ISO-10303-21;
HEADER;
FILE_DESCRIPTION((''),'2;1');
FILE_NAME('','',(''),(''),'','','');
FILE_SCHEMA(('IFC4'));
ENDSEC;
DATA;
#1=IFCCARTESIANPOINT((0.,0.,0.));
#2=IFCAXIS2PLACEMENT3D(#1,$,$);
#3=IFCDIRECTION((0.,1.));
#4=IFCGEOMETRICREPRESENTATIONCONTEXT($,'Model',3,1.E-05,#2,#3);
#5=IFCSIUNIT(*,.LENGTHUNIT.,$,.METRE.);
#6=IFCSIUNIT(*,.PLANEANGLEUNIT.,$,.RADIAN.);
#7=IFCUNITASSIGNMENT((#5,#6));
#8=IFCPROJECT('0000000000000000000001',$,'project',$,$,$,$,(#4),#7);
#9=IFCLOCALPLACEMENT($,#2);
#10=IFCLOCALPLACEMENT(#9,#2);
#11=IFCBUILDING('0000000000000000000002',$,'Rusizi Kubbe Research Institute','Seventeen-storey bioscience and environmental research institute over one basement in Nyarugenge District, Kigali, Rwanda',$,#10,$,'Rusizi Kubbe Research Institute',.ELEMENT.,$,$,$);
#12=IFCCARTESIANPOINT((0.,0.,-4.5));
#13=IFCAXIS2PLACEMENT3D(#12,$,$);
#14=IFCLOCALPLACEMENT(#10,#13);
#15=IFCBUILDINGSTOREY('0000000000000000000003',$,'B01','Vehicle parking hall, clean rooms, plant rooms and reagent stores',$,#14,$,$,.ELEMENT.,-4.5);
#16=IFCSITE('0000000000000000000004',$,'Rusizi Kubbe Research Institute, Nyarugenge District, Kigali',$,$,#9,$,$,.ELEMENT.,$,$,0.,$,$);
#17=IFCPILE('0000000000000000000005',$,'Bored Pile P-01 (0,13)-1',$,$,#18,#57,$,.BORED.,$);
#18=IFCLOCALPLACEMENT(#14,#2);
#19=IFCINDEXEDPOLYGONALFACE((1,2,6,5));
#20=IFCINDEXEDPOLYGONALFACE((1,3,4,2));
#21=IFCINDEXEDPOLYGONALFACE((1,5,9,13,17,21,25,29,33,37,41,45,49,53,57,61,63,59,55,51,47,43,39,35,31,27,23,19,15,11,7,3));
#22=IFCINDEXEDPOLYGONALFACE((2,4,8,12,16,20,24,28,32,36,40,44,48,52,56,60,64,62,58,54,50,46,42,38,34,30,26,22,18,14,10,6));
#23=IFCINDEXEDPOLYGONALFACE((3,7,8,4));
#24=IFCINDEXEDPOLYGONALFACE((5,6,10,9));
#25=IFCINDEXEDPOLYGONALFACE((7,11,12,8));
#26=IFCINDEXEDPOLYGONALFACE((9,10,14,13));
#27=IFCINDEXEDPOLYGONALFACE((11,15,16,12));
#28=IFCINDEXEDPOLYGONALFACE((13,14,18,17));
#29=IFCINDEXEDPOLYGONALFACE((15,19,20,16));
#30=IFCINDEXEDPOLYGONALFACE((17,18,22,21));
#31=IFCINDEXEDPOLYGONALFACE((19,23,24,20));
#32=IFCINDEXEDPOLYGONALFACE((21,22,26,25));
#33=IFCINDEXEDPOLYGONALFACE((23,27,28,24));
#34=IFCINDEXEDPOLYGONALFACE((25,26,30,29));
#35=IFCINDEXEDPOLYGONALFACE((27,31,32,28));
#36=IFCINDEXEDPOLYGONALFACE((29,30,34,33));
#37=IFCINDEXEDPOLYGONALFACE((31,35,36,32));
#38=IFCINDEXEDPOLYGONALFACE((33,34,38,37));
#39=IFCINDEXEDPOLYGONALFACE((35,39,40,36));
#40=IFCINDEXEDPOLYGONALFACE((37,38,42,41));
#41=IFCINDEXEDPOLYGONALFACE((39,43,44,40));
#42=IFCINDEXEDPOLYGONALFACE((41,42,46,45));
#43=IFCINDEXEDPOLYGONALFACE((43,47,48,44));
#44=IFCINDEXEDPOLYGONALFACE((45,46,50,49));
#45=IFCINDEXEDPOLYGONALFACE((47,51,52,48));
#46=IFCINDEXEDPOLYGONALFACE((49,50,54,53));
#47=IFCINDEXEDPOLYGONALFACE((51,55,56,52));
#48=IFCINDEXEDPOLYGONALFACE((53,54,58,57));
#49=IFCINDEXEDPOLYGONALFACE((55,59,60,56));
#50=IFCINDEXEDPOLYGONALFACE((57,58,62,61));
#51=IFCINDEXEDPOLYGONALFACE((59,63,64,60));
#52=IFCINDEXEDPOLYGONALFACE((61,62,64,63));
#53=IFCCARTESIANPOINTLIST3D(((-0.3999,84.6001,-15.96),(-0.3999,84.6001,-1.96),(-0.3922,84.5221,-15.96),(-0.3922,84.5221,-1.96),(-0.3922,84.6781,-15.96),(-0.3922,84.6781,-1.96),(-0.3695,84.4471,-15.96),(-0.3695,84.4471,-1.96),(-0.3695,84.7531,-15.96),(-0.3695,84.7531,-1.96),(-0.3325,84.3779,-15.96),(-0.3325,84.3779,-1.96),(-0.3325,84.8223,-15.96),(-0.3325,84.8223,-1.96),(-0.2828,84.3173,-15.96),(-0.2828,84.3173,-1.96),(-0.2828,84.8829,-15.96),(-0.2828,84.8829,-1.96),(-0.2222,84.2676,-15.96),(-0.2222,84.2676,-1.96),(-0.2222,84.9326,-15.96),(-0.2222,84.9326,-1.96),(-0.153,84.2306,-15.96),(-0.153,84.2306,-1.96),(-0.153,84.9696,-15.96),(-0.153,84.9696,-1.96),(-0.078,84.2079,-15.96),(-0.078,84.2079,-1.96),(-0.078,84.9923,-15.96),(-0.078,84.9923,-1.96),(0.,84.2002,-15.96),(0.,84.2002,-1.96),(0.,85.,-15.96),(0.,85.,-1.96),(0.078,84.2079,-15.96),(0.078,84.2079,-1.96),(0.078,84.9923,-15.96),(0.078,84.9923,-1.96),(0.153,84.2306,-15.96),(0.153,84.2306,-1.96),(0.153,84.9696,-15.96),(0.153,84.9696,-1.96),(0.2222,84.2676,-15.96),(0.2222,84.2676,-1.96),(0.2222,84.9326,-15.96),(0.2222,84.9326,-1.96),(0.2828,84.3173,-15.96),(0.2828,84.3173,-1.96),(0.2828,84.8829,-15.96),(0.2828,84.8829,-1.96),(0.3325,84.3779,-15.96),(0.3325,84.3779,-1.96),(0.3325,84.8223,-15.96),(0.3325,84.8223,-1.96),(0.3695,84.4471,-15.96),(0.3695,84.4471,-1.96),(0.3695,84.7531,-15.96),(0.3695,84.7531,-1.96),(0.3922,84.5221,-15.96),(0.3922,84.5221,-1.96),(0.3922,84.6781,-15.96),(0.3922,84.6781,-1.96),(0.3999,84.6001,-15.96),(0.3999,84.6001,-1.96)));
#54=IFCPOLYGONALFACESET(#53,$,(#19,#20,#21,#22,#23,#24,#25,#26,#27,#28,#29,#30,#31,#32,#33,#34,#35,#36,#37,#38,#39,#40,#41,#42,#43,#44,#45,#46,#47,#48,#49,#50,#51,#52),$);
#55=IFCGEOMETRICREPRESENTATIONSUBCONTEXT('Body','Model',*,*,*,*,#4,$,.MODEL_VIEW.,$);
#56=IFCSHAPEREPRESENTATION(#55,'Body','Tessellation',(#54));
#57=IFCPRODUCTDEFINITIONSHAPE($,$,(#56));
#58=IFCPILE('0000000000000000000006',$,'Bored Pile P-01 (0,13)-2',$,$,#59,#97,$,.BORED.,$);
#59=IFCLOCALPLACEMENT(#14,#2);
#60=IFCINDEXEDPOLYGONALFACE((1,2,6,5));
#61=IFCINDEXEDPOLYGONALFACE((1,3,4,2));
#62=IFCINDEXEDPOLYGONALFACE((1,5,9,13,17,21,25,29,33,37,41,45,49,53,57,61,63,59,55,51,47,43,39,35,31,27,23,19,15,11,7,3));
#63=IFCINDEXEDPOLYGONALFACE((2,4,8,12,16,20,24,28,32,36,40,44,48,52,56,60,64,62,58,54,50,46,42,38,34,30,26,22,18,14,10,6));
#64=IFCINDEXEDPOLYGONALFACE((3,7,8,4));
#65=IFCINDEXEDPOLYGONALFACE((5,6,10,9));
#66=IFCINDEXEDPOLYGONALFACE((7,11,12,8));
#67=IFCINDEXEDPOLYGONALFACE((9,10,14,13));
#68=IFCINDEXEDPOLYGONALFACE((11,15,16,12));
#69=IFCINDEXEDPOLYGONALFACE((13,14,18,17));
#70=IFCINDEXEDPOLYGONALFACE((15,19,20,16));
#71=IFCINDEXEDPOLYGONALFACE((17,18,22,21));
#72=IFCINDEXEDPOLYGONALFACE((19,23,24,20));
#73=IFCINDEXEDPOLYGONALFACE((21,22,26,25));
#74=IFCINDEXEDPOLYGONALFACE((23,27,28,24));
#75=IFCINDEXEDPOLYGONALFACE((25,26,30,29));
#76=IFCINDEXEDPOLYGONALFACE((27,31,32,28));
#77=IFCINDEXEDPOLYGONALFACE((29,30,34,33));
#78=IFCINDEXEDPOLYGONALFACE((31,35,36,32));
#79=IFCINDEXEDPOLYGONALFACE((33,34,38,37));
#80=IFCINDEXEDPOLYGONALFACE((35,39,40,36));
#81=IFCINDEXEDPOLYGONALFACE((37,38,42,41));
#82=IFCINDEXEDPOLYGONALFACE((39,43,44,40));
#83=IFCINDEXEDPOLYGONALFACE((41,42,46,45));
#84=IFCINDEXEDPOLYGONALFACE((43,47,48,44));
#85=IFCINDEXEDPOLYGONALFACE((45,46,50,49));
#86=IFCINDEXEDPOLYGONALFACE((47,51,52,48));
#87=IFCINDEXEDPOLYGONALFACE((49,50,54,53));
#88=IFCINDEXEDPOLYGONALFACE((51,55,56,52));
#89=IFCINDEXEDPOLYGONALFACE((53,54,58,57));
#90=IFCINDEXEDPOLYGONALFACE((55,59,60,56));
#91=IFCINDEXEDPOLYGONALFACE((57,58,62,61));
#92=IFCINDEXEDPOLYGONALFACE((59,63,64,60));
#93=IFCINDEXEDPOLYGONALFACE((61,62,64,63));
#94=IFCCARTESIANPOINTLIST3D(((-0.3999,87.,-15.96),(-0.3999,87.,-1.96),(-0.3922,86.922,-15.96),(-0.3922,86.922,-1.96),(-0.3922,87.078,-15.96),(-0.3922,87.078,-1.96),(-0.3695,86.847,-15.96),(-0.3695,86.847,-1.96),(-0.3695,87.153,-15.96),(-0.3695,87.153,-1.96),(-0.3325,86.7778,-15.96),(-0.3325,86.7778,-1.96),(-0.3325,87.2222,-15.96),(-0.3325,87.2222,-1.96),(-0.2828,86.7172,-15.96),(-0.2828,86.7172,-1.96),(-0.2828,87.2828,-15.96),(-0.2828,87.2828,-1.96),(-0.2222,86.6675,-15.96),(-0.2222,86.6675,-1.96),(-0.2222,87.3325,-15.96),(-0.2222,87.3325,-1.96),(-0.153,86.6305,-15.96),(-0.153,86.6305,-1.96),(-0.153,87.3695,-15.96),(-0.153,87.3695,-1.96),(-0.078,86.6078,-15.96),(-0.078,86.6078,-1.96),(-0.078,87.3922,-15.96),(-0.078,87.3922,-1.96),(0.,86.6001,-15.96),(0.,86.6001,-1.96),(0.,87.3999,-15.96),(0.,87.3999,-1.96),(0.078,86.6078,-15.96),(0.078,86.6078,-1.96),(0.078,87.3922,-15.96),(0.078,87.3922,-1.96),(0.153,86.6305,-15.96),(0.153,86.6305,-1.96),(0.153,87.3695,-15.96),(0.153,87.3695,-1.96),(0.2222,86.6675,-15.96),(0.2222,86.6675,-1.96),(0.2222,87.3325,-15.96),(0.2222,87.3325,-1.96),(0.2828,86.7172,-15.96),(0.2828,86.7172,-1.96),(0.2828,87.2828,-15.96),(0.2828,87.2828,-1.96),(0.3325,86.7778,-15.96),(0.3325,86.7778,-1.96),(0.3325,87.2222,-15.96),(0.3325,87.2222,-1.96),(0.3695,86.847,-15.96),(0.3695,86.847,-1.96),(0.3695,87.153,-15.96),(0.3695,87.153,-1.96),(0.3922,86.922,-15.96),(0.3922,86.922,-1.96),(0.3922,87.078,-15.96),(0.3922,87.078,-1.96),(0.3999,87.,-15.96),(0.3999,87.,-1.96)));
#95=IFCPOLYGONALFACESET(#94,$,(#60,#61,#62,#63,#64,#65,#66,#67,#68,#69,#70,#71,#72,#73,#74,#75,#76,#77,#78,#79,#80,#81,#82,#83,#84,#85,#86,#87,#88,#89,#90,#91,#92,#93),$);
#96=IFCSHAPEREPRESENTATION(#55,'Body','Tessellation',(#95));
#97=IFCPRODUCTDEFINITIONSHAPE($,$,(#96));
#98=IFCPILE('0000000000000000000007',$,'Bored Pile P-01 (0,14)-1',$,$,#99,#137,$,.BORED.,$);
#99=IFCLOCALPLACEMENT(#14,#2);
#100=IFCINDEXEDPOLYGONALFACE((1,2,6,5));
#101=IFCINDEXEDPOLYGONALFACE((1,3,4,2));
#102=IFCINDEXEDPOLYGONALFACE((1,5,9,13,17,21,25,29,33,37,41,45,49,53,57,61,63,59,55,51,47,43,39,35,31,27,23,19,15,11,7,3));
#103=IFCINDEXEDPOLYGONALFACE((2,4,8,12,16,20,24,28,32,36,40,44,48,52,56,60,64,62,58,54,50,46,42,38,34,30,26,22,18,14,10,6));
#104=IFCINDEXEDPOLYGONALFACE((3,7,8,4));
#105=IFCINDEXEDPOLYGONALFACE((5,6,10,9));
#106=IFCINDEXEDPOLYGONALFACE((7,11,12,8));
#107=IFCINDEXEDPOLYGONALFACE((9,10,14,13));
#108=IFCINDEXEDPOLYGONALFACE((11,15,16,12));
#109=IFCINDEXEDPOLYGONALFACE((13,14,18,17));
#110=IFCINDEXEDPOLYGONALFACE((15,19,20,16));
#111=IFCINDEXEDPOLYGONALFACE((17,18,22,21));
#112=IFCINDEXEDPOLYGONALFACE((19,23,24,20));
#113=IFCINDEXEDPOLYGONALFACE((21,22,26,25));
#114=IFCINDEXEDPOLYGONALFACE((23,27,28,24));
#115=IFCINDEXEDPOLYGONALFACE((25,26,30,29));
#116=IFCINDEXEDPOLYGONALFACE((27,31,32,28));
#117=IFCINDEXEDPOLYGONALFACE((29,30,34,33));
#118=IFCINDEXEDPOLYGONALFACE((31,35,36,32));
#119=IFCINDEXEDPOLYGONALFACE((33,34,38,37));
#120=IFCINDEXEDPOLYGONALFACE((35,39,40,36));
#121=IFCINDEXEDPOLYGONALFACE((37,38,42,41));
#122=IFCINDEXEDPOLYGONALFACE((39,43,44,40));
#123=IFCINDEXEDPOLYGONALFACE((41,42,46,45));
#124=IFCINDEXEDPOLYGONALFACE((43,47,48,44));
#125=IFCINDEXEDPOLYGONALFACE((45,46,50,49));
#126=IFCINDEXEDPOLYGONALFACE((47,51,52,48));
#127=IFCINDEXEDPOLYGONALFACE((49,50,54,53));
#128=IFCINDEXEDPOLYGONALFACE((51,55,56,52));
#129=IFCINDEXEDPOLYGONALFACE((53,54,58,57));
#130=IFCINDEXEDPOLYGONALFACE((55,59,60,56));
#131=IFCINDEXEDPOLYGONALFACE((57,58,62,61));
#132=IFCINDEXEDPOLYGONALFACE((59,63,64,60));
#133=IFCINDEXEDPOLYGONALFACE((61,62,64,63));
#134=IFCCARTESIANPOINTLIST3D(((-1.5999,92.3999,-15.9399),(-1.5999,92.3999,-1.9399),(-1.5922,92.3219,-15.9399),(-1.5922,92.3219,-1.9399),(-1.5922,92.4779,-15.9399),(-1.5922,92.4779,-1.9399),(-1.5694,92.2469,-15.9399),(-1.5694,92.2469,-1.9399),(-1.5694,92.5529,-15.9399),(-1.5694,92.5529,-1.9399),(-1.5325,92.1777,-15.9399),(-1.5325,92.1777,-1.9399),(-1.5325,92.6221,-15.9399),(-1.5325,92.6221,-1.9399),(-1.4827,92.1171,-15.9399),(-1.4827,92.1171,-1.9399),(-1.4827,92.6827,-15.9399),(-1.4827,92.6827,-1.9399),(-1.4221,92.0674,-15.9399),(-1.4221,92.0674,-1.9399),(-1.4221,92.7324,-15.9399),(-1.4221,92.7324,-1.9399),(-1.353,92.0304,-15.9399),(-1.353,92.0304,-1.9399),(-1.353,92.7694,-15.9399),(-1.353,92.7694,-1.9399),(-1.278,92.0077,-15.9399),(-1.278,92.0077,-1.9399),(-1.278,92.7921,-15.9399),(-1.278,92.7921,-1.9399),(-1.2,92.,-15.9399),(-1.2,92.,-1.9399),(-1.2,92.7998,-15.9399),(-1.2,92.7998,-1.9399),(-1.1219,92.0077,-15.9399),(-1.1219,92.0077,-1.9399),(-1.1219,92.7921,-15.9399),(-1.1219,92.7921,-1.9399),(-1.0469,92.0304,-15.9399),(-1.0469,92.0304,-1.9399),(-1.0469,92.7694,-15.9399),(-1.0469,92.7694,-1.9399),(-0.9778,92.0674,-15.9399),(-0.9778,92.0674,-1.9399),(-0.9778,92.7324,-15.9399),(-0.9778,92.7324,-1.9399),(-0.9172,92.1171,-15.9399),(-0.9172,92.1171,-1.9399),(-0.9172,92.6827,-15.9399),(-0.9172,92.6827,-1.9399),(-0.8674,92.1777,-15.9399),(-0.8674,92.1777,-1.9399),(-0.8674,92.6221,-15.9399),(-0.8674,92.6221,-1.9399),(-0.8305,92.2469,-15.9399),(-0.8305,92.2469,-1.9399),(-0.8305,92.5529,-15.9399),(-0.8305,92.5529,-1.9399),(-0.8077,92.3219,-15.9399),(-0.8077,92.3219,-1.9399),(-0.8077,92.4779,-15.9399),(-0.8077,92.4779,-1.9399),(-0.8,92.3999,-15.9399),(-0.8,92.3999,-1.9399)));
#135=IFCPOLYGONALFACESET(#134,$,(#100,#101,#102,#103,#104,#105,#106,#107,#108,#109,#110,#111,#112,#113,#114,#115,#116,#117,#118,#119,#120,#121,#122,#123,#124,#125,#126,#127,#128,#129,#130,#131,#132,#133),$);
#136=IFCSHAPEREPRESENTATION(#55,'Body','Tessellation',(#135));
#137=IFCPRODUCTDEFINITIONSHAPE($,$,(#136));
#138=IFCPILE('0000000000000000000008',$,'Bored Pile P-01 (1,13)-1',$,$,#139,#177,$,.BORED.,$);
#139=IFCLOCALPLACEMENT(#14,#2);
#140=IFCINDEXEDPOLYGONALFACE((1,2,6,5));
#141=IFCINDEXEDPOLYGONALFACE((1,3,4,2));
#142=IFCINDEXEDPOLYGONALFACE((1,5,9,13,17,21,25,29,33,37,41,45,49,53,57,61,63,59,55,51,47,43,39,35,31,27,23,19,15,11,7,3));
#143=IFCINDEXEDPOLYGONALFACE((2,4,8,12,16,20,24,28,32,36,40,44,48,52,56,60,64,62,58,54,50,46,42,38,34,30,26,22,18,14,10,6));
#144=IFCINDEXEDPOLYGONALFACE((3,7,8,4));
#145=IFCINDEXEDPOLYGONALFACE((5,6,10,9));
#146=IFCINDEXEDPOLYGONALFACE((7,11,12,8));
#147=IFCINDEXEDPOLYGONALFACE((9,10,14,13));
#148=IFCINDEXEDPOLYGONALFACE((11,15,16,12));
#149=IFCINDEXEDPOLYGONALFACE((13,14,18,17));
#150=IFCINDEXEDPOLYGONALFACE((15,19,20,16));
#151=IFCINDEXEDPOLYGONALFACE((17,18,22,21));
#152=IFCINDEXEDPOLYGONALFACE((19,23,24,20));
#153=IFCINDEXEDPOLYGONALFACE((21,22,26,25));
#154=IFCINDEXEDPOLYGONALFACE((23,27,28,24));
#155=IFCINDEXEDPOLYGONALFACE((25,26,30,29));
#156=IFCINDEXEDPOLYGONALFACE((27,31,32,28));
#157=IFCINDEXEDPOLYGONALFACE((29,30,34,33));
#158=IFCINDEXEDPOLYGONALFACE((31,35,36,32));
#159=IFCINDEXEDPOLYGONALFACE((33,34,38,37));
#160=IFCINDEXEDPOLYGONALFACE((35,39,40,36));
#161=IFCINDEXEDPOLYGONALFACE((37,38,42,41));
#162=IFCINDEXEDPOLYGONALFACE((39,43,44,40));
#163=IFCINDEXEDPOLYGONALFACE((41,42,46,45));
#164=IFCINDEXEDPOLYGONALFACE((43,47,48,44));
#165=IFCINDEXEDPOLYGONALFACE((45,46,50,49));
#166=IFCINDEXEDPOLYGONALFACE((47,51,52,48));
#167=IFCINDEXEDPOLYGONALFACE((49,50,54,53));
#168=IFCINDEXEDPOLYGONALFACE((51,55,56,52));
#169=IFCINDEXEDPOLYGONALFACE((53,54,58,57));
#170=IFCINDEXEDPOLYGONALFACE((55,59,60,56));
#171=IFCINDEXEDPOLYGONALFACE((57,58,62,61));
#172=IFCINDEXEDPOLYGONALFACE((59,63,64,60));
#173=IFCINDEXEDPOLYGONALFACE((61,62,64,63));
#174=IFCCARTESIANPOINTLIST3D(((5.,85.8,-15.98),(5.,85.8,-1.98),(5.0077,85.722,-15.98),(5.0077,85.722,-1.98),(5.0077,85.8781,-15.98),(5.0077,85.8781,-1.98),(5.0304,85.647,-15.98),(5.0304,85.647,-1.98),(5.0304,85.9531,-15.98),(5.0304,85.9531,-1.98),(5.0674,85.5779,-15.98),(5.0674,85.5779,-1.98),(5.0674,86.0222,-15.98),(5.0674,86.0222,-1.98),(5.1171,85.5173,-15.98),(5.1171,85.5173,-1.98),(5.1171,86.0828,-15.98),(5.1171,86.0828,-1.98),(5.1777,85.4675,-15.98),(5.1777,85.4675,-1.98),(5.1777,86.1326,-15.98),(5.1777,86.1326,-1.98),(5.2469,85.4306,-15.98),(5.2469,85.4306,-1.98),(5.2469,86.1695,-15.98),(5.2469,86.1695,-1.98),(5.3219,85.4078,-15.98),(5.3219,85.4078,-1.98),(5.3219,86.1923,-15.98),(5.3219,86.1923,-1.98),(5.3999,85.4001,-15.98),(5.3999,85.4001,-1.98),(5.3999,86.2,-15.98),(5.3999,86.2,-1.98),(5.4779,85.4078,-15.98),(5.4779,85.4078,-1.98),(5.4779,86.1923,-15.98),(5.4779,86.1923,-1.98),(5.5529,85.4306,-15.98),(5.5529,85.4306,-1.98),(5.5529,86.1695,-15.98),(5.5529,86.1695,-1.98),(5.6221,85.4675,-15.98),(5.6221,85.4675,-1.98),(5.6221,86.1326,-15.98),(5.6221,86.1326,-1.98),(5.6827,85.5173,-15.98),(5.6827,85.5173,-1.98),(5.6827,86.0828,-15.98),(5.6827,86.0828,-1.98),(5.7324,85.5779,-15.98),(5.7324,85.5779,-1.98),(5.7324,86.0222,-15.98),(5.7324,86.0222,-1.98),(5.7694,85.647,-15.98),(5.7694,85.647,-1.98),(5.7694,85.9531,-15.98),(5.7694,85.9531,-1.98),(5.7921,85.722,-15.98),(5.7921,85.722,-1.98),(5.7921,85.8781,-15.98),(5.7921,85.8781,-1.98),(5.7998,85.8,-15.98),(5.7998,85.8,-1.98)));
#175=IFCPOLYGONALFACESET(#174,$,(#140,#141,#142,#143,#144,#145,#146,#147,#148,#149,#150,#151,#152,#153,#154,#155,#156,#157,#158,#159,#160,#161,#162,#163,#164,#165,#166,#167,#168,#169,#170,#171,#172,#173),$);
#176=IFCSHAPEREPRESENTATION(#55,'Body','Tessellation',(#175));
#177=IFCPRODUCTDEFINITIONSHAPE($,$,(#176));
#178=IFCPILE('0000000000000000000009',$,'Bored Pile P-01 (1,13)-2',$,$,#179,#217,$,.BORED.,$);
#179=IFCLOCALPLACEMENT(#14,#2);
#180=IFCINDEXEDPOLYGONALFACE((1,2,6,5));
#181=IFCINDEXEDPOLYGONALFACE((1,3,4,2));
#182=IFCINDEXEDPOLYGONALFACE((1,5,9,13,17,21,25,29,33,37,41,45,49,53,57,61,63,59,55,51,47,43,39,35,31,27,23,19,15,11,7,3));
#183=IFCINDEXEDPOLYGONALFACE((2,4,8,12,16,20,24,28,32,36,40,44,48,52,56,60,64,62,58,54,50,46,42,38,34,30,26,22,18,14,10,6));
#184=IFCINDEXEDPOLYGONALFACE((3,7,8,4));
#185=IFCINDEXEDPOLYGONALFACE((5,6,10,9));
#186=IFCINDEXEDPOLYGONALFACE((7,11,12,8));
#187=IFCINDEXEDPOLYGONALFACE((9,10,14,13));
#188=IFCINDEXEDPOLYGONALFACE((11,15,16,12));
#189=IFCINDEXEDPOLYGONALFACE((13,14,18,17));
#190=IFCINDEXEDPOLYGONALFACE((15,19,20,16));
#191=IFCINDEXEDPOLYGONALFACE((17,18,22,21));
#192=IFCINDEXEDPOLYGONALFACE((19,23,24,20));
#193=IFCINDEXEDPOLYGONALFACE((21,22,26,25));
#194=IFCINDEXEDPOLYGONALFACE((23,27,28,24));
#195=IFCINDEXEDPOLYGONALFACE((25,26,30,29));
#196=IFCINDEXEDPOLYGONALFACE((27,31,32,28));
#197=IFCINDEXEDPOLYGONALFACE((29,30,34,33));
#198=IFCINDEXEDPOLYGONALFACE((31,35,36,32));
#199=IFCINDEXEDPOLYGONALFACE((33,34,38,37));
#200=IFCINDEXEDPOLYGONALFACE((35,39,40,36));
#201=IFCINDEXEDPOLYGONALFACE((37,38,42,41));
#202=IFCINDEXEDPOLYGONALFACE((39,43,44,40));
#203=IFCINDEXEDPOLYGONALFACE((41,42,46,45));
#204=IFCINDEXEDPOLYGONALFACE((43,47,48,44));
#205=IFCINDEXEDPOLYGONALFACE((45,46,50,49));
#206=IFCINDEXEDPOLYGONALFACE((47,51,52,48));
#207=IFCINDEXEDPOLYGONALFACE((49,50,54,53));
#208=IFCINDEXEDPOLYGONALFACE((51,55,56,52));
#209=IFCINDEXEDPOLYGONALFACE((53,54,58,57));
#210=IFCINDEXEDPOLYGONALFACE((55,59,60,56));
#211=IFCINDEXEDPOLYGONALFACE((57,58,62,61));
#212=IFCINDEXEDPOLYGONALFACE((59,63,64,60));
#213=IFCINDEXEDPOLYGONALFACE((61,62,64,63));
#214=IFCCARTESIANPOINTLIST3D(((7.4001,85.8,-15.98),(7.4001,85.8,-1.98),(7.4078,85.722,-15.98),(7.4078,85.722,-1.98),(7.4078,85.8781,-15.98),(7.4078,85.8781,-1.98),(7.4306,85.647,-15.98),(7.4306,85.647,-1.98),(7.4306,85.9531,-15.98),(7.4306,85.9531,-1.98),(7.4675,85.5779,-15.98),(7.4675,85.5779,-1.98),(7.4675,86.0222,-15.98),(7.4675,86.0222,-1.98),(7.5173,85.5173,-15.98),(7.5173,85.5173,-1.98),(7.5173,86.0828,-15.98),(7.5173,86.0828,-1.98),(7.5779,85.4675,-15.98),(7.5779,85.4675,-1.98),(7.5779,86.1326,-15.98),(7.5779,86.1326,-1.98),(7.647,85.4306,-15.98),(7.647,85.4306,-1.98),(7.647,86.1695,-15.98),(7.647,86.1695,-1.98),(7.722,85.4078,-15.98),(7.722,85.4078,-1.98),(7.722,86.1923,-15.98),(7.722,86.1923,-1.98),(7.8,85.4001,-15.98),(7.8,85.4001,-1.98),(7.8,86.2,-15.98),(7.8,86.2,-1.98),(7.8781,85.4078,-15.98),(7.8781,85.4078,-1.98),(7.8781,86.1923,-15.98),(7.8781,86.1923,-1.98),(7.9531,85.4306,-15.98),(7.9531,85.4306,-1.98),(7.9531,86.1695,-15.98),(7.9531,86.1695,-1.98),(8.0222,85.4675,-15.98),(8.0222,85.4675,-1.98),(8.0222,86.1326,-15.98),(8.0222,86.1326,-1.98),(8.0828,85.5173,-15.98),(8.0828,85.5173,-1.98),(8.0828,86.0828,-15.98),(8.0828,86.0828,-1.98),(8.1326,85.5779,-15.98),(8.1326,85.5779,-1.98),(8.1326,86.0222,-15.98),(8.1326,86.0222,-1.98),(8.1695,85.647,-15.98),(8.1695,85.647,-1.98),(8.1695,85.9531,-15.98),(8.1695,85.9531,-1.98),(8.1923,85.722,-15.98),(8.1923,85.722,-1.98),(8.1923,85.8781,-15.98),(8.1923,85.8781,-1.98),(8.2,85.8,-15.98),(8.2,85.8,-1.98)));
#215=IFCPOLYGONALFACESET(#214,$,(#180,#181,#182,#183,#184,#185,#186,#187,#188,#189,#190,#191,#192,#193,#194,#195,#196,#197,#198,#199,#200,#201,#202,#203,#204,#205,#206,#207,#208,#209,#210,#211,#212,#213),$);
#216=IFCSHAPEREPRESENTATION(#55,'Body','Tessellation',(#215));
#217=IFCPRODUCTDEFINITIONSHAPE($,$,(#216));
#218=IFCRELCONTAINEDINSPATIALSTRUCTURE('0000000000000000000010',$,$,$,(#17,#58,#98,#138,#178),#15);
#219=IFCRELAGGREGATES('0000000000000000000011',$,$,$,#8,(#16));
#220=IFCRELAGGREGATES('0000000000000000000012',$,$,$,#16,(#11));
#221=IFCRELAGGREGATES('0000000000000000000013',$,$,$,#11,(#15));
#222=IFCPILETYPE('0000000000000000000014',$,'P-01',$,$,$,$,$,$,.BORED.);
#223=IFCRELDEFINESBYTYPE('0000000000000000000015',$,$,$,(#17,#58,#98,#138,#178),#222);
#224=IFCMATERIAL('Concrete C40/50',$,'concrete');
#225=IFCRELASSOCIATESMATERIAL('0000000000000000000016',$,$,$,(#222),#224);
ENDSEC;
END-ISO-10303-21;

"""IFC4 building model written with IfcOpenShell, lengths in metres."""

from ifc_helpers import new_model, si_unit, direction, frame, origin, origin_2d, place, context, subcontext, project, spatial, circle, extrude, material, material_profile, profile_set, type_object, element, save


model = new_model("IFC4")

# Units and contexts
model_context = context("Model", 3, precision=1e-05, world=origin(), true_north=direction((0.0, 1.0)))
body_context = subcontext(model_context, "Body", "Model", "MODEL_VIEW")
ifc_project = project(units=[si_unit("LENGTHUNIT", "METRE"), si_unit("PLANEANGLEUNIT", "RADIAN")], contexts=[model_context])

# Site, building, storey
site_placement = place(None, origin())
site = spatial("IfcSite", under=ifc_project, at=site_placement, Name="Rusizi Kubbe Research Institute, Nyarugenge District, Kigali", CompositionType="ELEMENT", RefElevation=0.0)
building_placement = place(site_placement, origin())
building = spatial("IfcBuilding", under=site, at=building_placement, Name="Rusizi Kubbe Research Institute", Description="Seventeen-storey bioscience and environmental research institute over one basement in Nyarugenge District, Kigali, Rwanda", LongName="Rusizi Kubbe Research Institute", CompositionType="ELEMENT")
storey_placement = place(building_placement, frame((0.0, 0.0, -4.5)))
storey = spatial("IfcBuildingStorey", under=building, at=storey_placement, Name="B01", Description="Vehicle parking hall, clean rooms, plant rooms and reagent stores", CompositionType="ELEMENT", Elevation=-4.5)

# Piles
ifc_material_1 = material(Name="Concrete C40/50", Category="concrete")
ifc_material_profile_1 = material_profile(ifc_material_1, circle(Radius=0.3999, at=origin_2d()), Name="PILE-D800")
ifc_profile_set_1 = profile_set([ifc_material_profile_1], Name="Concrete C40/50")
pile_type_1 = type_object("IfcPileType", Name="P-01", PredefinedType="BORED", material=ifc_profile_set_1)
for number, where, z_axis, x_axis, name in (
    (1, (0.0, 84.6001, -1.96), (0.0, 0.0, -1.0), (1.0, 0.0, 0.0), "Bored Pile P-01 (0,13)-1"),
    (2, (0.0, 87.0, -1.96), (0.0, 0.0, -1.0), (1.0, 0.0, 0.0), "Bored Pile P-01 (0,13)-2"),
    (3, (-1.2, 92.3999, -1.9399), (0.0, 0.0, -1.0), (1.0, 0.0, 0.0), "Bored Pile P-01 (0,14)-1"),
    (4, (5.3999, 85.8, -1.98), (0.0, 0.0, -1.0), (1.0, 0.0, 0.0), "Bored Pile P-01 (1,13)-1"),
    (5, (7.8, 85.8, -1.98), (0.0, 0.0, -1.0), (1.0, 0.0, 0.0), "Bored Pile P-01 (1,13)-2"),
):
    element("IfcPile", number, at=place(storey_placement, frame(where, z_axis=z_axis, x_axis=x_axis)), inside=storey, type_object=pile_type_1, Name=name, PredefinedType="BORED", context=body_context, shape_type="SweptSolid", body=[
        extrude(circle(Radius=0.3999, at=origin_2d()), origin(), (0.0, 0.0, 1.0), 14.0),
    ])

save(model, "model.ifc")
